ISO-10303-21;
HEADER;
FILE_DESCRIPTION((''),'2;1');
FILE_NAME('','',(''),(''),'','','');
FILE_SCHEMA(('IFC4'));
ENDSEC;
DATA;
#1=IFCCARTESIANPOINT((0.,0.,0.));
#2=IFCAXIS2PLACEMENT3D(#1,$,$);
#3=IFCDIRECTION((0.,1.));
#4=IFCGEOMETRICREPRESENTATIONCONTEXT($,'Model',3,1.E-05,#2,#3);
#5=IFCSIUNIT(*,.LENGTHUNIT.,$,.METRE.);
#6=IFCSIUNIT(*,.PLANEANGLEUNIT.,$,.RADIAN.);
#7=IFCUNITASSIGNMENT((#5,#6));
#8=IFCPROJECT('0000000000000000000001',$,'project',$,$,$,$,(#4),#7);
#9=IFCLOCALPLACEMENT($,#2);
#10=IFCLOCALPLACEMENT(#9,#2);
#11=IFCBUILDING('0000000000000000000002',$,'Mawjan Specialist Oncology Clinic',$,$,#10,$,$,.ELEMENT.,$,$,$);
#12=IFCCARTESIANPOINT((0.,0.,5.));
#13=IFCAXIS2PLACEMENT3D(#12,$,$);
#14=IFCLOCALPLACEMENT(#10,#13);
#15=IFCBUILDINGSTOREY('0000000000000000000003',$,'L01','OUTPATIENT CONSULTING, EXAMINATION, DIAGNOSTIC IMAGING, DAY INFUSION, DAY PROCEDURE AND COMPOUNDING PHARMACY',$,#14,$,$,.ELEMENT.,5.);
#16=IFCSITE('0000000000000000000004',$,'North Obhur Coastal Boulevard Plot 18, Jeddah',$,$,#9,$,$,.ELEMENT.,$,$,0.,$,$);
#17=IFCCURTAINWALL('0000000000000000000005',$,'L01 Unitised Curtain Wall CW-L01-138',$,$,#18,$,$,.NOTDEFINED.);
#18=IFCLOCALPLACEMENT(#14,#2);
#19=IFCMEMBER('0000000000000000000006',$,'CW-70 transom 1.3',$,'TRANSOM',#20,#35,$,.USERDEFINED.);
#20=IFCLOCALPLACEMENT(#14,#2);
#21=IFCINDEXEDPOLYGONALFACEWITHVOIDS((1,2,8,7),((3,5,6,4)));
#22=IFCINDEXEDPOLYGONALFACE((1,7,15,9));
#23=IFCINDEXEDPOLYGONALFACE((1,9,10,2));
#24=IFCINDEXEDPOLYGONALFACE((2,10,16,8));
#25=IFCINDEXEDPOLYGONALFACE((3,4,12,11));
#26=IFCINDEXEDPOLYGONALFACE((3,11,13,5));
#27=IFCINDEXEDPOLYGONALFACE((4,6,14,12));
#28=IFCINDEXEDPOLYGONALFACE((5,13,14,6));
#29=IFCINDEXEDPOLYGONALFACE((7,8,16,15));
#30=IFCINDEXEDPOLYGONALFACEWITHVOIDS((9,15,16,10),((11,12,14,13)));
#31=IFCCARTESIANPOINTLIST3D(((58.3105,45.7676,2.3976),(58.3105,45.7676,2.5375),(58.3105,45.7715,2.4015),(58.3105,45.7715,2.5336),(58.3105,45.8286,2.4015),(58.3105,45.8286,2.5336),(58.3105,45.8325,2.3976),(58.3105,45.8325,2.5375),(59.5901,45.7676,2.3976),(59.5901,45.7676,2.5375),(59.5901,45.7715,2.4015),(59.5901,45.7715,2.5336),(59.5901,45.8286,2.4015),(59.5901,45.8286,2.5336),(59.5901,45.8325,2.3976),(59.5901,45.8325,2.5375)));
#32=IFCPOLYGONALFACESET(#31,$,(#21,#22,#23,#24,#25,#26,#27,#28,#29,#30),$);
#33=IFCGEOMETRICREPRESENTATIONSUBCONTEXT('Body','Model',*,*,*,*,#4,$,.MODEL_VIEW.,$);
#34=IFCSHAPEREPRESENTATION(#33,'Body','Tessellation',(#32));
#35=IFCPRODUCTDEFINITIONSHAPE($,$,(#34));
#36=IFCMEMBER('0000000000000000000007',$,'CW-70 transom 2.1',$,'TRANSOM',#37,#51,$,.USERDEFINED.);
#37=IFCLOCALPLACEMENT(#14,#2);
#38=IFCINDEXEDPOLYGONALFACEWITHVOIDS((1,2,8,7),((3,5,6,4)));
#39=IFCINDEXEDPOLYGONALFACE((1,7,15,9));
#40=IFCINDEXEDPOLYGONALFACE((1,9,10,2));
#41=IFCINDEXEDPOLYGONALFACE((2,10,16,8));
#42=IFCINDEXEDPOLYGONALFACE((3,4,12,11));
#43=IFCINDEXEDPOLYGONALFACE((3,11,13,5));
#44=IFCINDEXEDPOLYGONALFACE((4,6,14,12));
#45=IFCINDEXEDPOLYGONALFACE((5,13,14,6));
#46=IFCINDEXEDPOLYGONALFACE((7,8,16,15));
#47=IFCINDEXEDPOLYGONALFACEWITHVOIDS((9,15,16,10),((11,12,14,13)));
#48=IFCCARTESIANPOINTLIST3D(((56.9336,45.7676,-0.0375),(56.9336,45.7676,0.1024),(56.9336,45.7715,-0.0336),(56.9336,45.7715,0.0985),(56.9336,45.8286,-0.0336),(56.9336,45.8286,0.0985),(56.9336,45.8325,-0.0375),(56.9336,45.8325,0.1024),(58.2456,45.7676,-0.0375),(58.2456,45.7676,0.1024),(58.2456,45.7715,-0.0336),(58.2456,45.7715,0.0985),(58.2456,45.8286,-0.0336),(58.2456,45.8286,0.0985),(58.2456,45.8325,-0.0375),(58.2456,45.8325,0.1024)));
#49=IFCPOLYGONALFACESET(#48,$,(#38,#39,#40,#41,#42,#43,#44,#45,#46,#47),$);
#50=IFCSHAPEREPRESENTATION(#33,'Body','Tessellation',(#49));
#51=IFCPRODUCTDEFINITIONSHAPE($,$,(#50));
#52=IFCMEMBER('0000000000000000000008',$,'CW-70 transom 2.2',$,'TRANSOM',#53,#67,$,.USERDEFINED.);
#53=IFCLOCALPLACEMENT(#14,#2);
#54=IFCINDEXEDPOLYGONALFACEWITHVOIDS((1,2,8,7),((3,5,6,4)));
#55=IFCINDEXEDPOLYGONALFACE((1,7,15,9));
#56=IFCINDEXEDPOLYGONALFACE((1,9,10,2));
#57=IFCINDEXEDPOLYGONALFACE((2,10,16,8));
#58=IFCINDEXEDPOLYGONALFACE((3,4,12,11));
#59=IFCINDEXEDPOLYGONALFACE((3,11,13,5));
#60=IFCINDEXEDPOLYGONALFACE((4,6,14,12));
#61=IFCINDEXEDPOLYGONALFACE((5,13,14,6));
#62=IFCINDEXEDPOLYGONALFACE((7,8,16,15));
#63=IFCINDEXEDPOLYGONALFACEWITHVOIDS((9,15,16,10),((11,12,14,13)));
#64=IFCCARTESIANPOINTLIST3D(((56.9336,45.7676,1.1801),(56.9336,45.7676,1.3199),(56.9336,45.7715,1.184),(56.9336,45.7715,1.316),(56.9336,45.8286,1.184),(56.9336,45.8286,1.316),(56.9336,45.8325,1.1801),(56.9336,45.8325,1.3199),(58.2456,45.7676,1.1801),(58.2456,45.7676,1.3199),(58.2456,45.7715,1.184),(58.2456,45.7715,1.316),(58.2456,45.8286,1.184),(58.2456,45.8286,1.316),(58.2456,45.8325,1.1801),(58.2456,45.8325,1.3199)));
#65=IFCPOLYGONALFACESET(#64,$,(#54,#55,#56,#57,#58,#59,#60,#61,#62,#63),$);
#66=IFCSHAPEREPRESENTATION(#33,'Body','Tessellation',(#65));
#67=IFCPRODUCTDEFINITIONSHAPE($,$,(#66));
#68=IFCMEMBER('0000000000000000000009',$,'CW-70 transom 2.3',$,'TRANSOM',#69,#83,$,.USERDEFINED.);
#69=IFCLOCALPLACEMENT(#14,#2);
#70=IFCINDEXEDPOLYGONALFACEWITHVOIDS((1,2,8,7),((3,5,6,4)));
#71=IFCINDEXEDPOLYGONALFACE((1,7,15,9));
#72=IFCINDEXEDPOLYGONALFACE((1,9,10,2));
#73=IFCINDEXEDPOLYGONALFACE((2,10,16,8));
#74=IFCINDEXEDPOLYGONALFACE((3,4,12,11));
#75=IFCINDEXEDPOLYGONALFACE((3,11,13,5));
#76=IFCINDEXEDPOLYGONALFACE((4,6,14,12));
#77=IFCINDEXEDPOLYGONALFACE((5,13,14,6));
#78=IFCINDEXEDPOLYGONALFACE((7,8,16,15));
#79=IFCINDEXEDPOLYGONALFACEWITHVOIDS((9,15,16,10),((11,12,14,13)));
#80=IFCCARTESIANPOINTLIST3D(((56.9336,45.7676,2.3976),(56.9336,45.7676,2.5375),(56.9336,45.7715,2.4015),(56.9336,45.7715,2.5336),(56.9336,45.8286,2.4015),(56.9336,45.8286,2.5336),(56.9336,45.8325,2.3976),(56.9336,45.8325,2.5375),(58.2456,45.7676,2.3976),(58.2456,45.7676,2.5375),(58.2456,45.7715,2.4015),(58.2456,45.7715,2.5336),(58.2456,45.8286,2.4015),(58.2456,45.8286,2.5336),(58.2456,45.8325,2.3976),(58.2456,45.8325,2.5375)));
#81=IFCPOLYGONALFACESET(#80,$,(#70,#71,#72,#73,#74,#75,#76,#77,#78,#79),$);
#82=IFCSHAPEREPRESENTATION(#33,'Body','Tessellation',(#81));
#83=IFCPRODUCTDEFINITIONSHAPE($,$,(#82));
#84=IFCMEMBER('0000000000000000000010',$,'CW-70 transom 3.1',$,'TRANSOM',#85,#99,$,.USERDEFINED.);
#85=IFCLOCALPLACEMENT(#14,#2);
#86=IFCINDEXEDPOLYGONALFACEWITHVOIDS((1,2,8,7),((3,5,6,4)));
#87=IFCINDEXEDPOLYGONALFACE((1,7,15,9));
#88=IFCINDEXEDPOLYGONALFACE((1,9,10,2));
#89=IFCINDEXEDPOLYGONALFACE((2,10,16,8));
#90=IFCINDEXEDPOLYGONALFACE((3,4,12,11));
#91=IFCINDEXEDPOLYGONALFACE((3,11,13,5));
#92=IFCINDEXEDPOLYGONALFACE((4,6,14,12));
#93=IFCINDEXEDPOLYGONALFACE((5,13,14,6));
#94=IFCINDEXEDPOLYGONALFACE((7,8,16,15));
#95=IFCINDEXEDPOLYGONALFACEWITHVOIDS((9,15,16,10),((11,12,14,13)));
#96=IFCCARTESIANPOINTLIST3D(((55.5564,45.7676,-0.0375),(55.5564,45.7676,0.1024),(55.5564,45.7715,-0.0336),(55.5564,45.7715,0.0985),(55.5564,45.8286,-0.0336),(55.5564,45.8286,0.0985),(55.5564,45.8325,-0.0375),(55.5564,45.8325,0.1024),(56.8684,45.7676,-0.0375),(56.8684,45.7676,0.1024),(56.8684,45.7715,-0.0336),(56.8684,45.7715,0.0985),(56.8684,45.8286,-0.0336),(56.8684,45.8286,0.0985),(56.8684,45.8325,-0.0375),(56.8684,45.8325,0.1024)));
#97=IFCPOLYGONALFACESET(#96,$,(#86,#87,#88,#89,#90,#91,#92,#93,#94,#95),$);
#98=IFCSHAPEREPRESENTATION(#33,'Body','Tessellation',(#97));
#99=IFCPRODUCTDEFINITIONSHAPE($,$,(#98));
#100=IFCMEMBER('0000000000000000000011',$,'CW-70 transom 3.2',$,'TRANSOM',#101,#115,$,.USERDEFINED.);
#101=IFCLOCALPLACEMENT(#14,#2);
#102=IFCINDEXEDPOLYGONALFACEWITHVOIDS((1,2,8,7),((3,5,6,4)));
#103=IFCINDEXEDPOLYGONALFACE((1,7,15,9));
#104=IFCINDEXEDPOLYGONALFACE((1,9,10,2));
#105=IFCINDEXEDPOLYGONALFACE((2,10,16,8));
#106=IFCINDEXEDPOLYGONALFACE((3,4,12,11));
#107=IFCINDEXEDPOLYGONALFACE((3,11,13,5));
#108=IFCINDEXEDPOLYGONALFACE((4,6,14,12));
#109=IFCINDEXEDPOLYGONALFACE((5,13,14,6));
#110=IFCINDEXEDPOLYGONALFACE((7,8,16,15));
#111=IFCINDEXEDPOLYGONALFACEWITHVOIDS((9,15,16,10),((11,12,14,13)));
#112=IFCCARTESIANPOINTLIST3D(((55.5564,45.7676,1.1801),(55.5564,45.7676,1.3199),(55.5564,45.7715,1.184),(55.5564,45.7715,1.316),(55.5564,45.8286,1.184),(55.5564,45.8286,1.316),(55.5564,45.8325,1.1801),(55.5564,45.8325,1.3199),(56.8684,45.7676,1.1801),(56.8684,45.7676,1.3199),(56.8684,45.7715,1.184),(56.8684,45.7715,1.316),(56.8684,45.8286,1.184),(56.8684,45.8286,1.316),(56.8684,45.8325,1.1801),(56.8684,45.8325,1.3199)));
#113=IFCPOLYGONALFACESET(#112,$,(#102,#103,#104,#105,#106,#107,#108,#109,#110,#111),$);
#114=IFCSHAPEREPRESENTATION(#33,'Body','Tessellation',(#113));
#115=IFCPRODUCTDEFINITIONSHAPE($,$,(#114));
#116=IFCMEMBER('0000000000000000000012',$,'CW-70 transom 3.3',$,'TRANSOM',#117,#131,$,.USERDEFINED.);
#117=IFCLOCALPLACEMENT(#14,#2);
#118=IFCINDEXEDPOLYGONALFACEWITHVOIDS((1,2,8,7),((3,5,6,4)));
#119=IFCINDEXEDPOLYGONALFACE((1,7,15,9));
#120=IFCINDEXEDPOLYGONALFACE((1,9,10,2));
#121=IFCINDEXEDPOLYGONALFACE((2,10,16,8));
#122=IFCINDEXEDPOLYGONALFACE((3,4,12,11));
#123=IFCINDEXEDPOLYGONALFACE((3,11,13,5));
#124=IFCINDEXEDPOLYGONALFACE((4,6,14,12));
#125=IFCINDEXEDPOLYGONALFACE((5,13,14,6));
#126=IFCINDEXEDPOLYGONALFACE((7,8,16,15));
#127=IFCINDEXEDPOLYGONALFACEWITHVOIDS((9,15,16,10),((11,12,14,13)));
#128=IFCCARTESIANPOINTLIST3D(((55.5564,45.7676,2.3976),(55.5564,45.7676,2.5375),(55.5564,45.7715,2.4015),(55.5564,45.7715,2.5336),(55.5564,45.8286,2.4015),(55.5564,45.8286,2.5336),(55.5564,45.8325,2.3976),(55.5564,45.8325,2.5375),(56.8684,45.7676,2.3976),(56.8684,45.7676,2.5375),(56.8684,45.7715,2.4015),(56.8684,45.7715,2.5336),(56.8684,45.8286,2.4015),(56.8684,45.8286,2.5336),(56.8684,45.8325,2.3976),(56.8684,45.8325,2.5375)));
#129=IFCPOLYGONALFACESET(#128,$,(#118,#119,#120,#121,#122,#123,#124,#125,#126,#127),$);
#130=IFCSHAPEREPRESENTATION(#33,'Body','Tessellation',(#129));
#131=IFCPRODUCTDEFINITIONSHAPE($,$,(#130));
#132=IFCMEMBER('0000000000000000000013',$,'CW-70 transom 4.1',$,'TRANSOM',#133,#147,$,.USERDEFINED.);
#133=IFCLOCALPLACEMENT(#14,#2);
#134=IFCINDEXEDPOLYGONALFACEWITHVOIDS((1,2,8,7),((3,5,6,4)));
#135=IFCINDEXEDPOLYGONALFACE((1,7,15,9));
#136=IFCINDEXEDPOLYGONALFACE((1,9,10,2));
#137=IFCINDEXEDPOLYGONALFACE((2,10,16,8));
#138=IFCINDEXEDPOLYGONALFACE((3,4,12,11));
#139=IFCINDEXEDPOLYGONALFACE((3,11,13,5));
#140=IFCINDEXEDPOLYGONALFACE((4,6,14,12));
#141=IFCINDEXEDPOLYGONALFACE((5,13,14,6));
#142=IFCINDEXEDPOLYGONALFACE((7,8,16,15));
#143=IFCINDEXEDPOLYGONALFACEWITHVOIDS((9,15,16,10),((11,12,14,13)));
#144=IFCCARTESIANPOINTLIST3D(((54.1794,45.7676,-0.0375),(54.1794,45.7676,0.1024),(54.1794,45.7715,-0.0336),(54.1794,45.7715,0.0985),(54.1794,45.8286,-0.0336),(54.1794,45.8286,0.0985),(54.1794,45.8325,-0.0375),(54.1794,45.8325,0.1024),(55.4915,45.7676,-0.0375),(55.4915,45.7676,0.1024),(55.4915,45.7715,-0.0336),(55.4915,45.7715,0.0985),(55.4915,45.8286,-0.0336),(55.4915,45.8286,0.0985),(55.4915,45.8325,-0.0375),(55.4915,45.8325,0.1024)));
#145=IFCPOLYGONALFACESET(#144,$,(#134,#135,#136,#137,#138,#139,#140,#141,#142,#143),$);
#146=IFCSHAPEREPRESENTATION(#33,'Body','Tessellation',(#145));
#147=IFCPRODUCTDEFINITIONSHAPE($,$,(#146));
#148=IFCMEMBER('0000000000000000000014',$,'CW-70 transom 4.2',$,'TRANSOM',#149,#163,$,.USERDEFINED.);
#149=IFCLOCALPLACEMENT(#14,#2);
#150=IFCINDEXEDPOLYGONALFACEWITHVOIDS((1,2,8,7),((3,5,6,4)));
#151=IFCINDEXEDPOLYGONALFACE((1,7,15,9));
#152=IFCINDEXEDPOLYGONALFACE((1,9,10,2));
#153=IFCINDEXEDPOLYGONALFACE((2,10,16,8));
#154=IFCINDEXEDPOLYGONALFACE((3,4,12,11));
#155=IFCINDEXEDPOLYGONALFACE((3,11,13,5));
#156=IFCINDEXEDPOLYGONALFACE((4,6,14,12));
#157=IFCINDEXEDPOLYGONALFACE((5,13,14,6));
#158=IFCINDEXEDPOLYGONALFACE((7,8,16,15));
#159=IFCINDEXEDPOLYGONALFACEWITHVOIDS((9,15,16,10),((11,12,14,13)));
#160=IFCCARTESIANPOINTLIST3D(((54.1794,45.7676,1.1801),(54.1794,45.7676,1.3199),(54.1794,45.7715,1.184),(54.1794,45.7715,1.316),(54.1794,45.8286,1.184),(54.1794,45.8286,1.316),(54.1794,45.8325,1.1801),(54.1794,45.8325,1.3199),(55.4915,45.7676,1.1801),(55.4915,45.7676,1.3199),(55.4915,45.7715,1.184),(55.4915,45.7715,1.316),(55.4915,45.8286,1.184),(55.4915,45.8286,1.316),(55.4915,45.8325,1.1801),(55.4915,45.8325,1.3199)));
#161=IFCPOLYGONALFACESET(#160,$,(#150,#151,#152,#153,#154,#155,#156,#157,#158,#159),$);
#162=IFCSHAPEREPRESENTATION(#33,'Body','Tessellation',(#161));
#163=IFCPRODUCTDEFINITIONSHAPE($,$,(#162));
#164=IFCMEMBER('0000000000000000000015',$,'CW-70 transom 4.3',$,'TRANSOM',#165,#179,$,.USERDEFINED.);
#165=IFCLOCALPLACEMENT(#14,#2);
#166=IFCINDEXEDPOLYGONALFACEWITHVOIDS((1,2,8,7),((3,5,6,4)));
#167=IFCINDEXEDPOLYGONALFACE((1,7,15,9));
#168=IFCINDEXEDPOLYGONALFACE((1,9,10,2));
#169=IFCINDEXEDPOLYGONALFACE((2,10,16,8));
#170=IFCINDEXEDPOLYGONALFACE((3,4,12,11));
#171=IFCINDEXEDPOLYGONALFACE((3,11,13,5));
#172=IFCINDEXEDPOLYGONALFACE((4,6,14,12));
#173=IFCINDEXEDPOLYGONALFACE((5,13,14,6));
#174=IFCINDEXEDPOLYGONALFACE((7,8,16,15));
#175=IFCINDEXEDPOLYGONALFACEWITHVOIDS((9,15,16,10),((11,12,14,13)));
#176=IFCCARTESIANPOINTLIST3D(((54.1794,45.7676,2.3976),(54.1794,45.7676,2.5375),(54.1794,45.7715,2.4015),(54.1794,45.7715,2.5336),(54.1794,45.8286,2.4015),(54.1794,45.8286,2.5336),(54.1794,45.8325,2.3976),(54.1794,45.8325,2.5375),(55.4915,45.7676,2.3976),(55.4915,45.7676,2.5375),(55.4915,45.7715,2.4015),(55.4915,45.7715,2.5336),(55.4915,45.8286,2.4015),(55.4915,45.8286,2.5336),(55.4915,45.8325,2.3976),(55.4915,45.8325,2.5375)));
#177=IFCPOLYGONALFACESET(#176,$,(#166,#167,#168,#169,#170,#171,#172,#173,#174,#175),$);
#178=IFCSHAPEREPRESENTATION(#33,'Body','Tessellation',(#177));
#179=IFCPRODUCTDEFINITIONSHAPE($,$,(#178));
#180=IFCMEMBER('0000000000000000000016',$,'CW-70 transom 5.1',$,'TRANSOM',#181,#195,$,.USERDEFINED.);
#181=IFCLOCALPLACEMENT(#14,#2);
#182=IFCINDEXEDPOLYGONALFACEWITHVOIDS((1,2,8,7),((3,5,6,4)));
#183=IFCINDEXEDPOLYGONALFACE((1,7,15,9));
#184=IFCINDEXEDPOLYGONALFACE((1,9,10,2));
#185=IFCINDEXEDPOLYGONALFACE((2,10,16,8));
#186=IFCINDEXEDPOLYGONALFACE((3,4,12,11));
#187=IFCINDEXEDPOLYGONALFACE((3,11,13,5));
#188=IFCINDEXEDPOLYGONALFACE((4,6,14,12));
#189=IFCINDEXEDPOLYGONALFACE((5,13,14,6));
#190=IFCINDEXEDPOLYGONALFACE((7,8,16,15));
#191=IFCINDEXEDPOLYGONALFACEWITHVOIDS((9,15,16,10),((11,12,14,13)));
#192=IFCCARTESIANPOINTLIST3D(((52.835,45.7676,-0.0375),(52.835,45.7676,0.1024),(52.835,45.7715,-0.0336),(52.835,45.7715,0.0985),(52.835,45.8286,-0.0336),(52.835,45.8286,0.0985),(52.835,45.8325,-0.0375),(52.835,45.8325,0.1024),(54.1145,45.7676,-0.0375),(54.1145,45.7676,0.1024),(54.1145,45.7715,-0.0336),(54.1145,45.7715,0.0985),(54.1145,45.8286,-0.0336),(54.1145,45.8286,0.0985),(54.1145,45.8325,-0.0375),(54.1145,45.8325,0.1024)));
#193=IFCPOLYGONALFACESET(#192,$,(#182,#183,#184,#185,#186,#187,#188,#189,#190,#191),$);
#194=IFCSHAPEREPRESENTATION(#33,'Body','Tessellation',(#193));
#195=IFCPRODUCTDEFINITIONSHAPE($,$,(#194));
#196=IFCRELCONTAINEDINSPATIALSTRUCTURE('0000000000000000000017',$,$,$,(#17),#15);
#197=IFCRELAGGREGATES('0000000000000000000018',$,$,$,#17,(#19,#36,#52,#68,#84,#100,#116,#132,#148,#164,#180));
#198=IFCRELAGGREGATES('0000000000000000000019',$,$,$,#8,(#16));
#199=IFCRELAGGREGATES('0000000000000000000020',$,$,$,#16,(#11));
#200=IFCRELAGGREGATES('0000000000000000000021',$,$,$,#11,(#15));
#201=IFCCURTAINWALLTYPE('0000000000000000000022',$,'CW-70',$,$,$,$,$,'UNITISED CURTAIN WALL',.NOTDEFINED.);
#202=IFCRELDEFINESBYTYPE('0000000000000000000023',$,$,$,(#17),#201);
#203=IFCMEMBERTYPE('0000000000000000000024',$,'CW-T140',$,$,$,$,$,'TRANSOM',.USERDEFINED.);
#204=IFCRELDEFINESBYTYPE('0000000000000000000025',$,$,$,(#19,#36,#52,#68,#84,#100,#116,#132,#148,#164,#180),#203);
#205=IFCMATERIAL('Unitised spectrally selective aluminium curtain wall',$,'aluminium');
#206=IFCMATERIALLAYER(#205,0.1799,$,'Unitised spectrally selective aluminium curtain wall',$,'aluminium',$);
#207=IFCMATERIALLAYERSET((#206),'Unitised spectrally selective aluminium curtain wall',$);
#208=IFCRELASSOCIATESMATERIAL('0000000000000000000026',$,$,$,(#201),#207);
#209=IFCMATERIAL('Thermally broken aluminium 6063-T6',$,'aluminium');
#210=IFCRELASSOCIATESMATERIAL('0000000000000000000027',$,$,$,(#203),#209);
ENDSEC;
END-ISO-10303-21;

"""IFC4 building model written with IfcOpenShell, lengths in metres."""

from ifc_helpers import new_model, si_unit, direction, frame, origin, origin_2d, place, context, subcontext, project, spatial, hollow_rectangle, extrude, material, layer, layer_set, material_profile, profile_set, type_object, element, aggregate, save


model = new_model("IFC4")

# Units and contexts
model_context = context("Model", 3, precision=1e-05, world=origin(), true_north=direction((0.0, 1.0)))
body_context = subcontext(model_context, "Body", "Model", "MODEL_VIEW")
ifc_project = project(units=[si_unit("LENGTHUNIT", "METRE"), si_unit("PLANEANGLEUNIT", "RADIAN")], contexts=[model_context])

# Site, building, storey
site_placement = place(None, origin())
site = spatial("IfcSite", under=ifc_project, at=site_placement, Name="North Obhur Coastal Boulevard Plot 18, Jeddah", CompositionType="ELEMENT", RefElevation=0.0)
building_placement = place(site_placement, origin())
building = spatial("IfcBuilding", under=site, at=building_placement, Name="Mawjan Specialist Oncology Clinic", CompositionType="ELEMENT")
storey_placement = place(building_placement, frame((0.0, 0.0, 5.0)))
storey = spatial("IfcBuildingStorey", under=building, at=storey_placement, Name="L01", Description="OUTPATIENT CONSULTING, EXAMINATION, DIAGNOSTIC IMAGING, DAY INFUSION, DAY PROCEDURE AND COMPOUNDING PHARMACY", CompositionType="ELEMENT", Elevation=5.0)

# Curtain wall, members
ifc_material_1 = material(Name="Unitised spectrally selective aluminium curtain wall", Category="aluminium")
ifc_layer_1 = layer(ifc_material_1, 0.1799, Name="Unitised spectrally selective aluminium curtain wall", Category="aluminium")
ifc_layer_set_1 = layer_set([ifc_layer_1], Name="Unitised spectrally selective aluminium curtain wall")
curtain_wall_type = type_object("IfcCurtainWallType", Name="CW-70", ElementType="UNITISED CURTAIN WALL", PredefinedType="NOTDEFINED", material=ifc_layer_set_1)
curtain_wall_placement = place(storey_placement, origin())
curtain_wall = element("IfcCurtainWall", 1, at=curtain_wall_placement, inside=storey, type_object=curtain_wall_type, Name="L01 Unitised Curtain Wall CW-L01-138", PredefinedType="NOTDEFINED")
ifc_material_2 = material(Name="Thermally broken aluminium 6063-T6", Category="aluminium")
ifc_material_profile_1 = material_profile(ifc_material_2, hollow_rectangle(XDim=0.0649, YDim=0.1399, WallThickness=0.0039, at=origin_2d()), Name="ALU TRANSOM 140x65x4", Category="aluminium")
ifc_profile_set_1 = profile_set([ifc_material_profile_1], Name="Thermally broken aluminium 6063-T6")
member_type_1 = type_object("IfcMemberType", Name="CW-T140", ElementType="TRANSOM", PredefinedType="USERDEFINED", material=ifc_profile_set_1)
member_1_placement = place(storey_placement, frame((59.5901, 45.8, 2.4675), z_axis=(-1.0, 0.0, 0.0), x_axis=(0.0, -1.0, 0.0)))
member_1 = element("IfcMember", 2, at=member_1_placement, type_object=member_type_1, Name="CW-70 transom 1.3", ObjectType="TRANSOM", PredefinedType="USERDEFINED", context=body_context, shape_type="SweptSolid", body=[
    extrude(hollow_rectangle(XDim=0.0649, YDim=0.1399, WallThickness=0.0039, at=origin_2d()), origin(), (0.0, 0.0, 1.0), 1.2795),
])
member_2_placement = place(storey_placement, frame((58.2456, 45.8, 0.0325), z_axis=(-1.0, 0.0, 0.0), x_axis=(0.0, -1.0, 0.0)))
member_2 = element("IfcMember", 3, at=member_2_placement, type_object=member_type_1, Name="CW-70 transom 2.1", ObjectType="TRANSOM", PredefinedType="USERDEFINED", context=body_context, shape_type="SweptSolid", body=[
    extrude(hollow_rectangle(XDim=0.0649, YDim=0.1399, WallThickness=0.0039, at=origin_2d()), origin(), (0.0, 0.0, 1.0), 1.312),
])
member_3_placement = place(storey_placement, frame((58.2456, 45.8, 1.25), z_axis=(-1.0, 0.0, 0.0), x_axis=(0.0, -1.0, 0.0)))
member_3 = element("IfcMember", 4, at=member_3_placement, type_object=member_type_1, Name="CW-70 transom 2.2", ObjectType="TRANSOM", PredefinedType="USERDEFINED", context=body_context, shape_type="SweptSolid", body=[
    extrude(hollow_rectangle(XDim=0.0649, YDim=0.1399, WallThickness=0.0039, at=origin_2d()), origin(), (0.0, 0.0, 1.0), 1.312),
])
member_4_placement = place(storey_placement, frame((58.2456, 45.8, 2.4675), z_axis=(-1.0, 0.0, 0.0), x_axis=(0.0, -1.0, 0.0)))
member_4 = element("IfcMember", 5, at=member_4_placement, type_object=member_type_1, Name="CW-70 transom 2.3", ObjectType="TRANSOM", PredefinedType="USERDEFINED", context=body_context, shape_type="SweptSolid", body=[
    extrude(hollow_rectangle(XDim=0.0649, YDim=0.1399, WallThickness=0.0039, at=origin_2d()), origin(), (0.0, 0.0, 1.0), 1.312),
])
member_5_placement = place(storey_placement, frame((56.8684, 45.8, 0.0325), z_axis=(-1.0, 0.0, 0.0), x_axis=(0.0, -1.0, 0.0)))
member_5 = element("IfcMember", 6, at=member_5_placement, type_object=member_type_1, Name="CW-70 transom 3.1", ObjectType="TRANSOM", PredefinedType="USERDEFINED", context=body_context, shape_type="SweptSolid", body=[
    extrude(hollow_rectangle(XDim=0.0649, YDim=0.1399, WallThickness=0.0039, at=origin_2d()), origin(), (0.0, 0.0, 1.0), 1.312),
])
member_6_placement = place(storey_placement, frame((56.8684, 45.8, 1.25), z_axis=(-1.0, 0.0, 0.0), x_axis=(0.0, -1.0, 0.0)))
member_6 = element("IfcMember", 7, at=member_6_placement, type_object=member_type_1, Name="CW-70 transom 3.2", ObjectType="TRANSOM", PredefinedType="USERDEFINED", context=body_context, shape_type="SweptSolid", body=[
    extrude(hollow_rectangle(XDim=0.0649, YDim=0.1399, WallThickness=0.0039, at=origin_2d()), origin(), (0.0, 0.0, 1.0), 1.312),
])
member_7_placement = place(storey_placement, frame((56.8684, 45.8, 2.4675), z_axis=(-1.0, 0.0, 0.0), x_axis=(0.0, -1.0, 0.0)))
member_7 = element("IfcMember", 8, at=member_7_placement, type_object=member_type_1, Name="CW-70 transom 3.3", ObjectType="TRANSOM", PredefinedType="USERDEFINED", context=body_context, shape_type="SweptSolid", body=[
    extrude(hollow_rectangle(XDim=0.0649, YDim=0.1399, WallThickness=0.0039, at=origin_2d()), origin(), (0.0, 0.0, 1.0), 1.312),
])
member_8_placement = place(storey_placement, frame((55.4915, 45.8, 0.0325), z_axis=(-1.0, 0.0, 0.0), x_axis=(0.0, -1.0, 0.0)))
member_8 = element("IfcMember", 9, at=member_8_placement, type_object=member_type_1, Name="CW-70 transom 4.1", ObjectType="TRANSOM", PredefinedType="USERDEFINED", context=body_context, shape_type="SweptSolid", body=[
    extrude(hollow_rectangle(XDim=0.0649, YDim=0.1399, WallThickness=0.0039, at=origin_2d()), origin(), (0.0, 0.0, 1.0), 1.312),
])
member_9_placement = place(storey_placement, frame((55.4915, 45.8, 1.25), z_axis=(-1.0, 0.0, 0.0), x_axis=(0.0, -1.0, 0.0)))
member_9 = element("IfcMember", 10, at=member_9_placement, type_object=member_type_1, Name="CW-70 transom 4.2", ObjectType="TRANSOM", PredefinedType="USERDEFINED", context=body_context, shape_type="SweptSolid", body=[
    extrude(hollow_rectangle(XDim=0.0649, YDim=0.1399, WallThickness=0.0039, at=origin_2d()), origin(), (0.0, 0.0, 1.0), 1.312),
])
member_10_placement = place(storey_placement, frame((55.4915, 45.8, 2.4675), z_axis=(-1.0, 0.0, 0.0), x_axis=(0.0, -1.0, 0.0)))
member_10 = element("IfcMember", 11, at=member_10_placement, type_object=member_type_1, Name="CW-70 transom 4.3", ObjectType="TRANSOM", PredefinedType="USERDEFINED", context=body_context, shape_type="SweptSolid", body=[
    extrude(hollow_rectangle(XDim=0.0649, YDim=0.1399, WallThickness=0.0039, at=origin_2d()), origin(), (0.0, 0.0, 1.0), 1.312),
])
member_11_placement = place(storey_placement, frame((54.1145, 45.8, 0.0325), z_axis=(-1.0, 0.0, 0.0), x_axis=(0.0, -1.0, 0.0)))
member_11 = element("IfcMember", 12, at=member_11_placement, type_object=member_type_1, Name="CW-70 transom 5.1", ObjectType="TRANSOM", PredefinedType="USERDEFINED", context=body_context, shape_type="SweptSolid", body=[
    extrude(hollow_rectangle(XDim=0.0649, YDim=0.1399, WallThickness=0.0039, at=origin_2d()), origin(), (0.0, 0.0, 1.0), 1.2795),
])

aggregate(curtain_wall, [member_1, member_2, member_3, member_4, member_5, member_6, member_7, member_8, member_9, member_10, member_11])

save(model, "model.ifc")
